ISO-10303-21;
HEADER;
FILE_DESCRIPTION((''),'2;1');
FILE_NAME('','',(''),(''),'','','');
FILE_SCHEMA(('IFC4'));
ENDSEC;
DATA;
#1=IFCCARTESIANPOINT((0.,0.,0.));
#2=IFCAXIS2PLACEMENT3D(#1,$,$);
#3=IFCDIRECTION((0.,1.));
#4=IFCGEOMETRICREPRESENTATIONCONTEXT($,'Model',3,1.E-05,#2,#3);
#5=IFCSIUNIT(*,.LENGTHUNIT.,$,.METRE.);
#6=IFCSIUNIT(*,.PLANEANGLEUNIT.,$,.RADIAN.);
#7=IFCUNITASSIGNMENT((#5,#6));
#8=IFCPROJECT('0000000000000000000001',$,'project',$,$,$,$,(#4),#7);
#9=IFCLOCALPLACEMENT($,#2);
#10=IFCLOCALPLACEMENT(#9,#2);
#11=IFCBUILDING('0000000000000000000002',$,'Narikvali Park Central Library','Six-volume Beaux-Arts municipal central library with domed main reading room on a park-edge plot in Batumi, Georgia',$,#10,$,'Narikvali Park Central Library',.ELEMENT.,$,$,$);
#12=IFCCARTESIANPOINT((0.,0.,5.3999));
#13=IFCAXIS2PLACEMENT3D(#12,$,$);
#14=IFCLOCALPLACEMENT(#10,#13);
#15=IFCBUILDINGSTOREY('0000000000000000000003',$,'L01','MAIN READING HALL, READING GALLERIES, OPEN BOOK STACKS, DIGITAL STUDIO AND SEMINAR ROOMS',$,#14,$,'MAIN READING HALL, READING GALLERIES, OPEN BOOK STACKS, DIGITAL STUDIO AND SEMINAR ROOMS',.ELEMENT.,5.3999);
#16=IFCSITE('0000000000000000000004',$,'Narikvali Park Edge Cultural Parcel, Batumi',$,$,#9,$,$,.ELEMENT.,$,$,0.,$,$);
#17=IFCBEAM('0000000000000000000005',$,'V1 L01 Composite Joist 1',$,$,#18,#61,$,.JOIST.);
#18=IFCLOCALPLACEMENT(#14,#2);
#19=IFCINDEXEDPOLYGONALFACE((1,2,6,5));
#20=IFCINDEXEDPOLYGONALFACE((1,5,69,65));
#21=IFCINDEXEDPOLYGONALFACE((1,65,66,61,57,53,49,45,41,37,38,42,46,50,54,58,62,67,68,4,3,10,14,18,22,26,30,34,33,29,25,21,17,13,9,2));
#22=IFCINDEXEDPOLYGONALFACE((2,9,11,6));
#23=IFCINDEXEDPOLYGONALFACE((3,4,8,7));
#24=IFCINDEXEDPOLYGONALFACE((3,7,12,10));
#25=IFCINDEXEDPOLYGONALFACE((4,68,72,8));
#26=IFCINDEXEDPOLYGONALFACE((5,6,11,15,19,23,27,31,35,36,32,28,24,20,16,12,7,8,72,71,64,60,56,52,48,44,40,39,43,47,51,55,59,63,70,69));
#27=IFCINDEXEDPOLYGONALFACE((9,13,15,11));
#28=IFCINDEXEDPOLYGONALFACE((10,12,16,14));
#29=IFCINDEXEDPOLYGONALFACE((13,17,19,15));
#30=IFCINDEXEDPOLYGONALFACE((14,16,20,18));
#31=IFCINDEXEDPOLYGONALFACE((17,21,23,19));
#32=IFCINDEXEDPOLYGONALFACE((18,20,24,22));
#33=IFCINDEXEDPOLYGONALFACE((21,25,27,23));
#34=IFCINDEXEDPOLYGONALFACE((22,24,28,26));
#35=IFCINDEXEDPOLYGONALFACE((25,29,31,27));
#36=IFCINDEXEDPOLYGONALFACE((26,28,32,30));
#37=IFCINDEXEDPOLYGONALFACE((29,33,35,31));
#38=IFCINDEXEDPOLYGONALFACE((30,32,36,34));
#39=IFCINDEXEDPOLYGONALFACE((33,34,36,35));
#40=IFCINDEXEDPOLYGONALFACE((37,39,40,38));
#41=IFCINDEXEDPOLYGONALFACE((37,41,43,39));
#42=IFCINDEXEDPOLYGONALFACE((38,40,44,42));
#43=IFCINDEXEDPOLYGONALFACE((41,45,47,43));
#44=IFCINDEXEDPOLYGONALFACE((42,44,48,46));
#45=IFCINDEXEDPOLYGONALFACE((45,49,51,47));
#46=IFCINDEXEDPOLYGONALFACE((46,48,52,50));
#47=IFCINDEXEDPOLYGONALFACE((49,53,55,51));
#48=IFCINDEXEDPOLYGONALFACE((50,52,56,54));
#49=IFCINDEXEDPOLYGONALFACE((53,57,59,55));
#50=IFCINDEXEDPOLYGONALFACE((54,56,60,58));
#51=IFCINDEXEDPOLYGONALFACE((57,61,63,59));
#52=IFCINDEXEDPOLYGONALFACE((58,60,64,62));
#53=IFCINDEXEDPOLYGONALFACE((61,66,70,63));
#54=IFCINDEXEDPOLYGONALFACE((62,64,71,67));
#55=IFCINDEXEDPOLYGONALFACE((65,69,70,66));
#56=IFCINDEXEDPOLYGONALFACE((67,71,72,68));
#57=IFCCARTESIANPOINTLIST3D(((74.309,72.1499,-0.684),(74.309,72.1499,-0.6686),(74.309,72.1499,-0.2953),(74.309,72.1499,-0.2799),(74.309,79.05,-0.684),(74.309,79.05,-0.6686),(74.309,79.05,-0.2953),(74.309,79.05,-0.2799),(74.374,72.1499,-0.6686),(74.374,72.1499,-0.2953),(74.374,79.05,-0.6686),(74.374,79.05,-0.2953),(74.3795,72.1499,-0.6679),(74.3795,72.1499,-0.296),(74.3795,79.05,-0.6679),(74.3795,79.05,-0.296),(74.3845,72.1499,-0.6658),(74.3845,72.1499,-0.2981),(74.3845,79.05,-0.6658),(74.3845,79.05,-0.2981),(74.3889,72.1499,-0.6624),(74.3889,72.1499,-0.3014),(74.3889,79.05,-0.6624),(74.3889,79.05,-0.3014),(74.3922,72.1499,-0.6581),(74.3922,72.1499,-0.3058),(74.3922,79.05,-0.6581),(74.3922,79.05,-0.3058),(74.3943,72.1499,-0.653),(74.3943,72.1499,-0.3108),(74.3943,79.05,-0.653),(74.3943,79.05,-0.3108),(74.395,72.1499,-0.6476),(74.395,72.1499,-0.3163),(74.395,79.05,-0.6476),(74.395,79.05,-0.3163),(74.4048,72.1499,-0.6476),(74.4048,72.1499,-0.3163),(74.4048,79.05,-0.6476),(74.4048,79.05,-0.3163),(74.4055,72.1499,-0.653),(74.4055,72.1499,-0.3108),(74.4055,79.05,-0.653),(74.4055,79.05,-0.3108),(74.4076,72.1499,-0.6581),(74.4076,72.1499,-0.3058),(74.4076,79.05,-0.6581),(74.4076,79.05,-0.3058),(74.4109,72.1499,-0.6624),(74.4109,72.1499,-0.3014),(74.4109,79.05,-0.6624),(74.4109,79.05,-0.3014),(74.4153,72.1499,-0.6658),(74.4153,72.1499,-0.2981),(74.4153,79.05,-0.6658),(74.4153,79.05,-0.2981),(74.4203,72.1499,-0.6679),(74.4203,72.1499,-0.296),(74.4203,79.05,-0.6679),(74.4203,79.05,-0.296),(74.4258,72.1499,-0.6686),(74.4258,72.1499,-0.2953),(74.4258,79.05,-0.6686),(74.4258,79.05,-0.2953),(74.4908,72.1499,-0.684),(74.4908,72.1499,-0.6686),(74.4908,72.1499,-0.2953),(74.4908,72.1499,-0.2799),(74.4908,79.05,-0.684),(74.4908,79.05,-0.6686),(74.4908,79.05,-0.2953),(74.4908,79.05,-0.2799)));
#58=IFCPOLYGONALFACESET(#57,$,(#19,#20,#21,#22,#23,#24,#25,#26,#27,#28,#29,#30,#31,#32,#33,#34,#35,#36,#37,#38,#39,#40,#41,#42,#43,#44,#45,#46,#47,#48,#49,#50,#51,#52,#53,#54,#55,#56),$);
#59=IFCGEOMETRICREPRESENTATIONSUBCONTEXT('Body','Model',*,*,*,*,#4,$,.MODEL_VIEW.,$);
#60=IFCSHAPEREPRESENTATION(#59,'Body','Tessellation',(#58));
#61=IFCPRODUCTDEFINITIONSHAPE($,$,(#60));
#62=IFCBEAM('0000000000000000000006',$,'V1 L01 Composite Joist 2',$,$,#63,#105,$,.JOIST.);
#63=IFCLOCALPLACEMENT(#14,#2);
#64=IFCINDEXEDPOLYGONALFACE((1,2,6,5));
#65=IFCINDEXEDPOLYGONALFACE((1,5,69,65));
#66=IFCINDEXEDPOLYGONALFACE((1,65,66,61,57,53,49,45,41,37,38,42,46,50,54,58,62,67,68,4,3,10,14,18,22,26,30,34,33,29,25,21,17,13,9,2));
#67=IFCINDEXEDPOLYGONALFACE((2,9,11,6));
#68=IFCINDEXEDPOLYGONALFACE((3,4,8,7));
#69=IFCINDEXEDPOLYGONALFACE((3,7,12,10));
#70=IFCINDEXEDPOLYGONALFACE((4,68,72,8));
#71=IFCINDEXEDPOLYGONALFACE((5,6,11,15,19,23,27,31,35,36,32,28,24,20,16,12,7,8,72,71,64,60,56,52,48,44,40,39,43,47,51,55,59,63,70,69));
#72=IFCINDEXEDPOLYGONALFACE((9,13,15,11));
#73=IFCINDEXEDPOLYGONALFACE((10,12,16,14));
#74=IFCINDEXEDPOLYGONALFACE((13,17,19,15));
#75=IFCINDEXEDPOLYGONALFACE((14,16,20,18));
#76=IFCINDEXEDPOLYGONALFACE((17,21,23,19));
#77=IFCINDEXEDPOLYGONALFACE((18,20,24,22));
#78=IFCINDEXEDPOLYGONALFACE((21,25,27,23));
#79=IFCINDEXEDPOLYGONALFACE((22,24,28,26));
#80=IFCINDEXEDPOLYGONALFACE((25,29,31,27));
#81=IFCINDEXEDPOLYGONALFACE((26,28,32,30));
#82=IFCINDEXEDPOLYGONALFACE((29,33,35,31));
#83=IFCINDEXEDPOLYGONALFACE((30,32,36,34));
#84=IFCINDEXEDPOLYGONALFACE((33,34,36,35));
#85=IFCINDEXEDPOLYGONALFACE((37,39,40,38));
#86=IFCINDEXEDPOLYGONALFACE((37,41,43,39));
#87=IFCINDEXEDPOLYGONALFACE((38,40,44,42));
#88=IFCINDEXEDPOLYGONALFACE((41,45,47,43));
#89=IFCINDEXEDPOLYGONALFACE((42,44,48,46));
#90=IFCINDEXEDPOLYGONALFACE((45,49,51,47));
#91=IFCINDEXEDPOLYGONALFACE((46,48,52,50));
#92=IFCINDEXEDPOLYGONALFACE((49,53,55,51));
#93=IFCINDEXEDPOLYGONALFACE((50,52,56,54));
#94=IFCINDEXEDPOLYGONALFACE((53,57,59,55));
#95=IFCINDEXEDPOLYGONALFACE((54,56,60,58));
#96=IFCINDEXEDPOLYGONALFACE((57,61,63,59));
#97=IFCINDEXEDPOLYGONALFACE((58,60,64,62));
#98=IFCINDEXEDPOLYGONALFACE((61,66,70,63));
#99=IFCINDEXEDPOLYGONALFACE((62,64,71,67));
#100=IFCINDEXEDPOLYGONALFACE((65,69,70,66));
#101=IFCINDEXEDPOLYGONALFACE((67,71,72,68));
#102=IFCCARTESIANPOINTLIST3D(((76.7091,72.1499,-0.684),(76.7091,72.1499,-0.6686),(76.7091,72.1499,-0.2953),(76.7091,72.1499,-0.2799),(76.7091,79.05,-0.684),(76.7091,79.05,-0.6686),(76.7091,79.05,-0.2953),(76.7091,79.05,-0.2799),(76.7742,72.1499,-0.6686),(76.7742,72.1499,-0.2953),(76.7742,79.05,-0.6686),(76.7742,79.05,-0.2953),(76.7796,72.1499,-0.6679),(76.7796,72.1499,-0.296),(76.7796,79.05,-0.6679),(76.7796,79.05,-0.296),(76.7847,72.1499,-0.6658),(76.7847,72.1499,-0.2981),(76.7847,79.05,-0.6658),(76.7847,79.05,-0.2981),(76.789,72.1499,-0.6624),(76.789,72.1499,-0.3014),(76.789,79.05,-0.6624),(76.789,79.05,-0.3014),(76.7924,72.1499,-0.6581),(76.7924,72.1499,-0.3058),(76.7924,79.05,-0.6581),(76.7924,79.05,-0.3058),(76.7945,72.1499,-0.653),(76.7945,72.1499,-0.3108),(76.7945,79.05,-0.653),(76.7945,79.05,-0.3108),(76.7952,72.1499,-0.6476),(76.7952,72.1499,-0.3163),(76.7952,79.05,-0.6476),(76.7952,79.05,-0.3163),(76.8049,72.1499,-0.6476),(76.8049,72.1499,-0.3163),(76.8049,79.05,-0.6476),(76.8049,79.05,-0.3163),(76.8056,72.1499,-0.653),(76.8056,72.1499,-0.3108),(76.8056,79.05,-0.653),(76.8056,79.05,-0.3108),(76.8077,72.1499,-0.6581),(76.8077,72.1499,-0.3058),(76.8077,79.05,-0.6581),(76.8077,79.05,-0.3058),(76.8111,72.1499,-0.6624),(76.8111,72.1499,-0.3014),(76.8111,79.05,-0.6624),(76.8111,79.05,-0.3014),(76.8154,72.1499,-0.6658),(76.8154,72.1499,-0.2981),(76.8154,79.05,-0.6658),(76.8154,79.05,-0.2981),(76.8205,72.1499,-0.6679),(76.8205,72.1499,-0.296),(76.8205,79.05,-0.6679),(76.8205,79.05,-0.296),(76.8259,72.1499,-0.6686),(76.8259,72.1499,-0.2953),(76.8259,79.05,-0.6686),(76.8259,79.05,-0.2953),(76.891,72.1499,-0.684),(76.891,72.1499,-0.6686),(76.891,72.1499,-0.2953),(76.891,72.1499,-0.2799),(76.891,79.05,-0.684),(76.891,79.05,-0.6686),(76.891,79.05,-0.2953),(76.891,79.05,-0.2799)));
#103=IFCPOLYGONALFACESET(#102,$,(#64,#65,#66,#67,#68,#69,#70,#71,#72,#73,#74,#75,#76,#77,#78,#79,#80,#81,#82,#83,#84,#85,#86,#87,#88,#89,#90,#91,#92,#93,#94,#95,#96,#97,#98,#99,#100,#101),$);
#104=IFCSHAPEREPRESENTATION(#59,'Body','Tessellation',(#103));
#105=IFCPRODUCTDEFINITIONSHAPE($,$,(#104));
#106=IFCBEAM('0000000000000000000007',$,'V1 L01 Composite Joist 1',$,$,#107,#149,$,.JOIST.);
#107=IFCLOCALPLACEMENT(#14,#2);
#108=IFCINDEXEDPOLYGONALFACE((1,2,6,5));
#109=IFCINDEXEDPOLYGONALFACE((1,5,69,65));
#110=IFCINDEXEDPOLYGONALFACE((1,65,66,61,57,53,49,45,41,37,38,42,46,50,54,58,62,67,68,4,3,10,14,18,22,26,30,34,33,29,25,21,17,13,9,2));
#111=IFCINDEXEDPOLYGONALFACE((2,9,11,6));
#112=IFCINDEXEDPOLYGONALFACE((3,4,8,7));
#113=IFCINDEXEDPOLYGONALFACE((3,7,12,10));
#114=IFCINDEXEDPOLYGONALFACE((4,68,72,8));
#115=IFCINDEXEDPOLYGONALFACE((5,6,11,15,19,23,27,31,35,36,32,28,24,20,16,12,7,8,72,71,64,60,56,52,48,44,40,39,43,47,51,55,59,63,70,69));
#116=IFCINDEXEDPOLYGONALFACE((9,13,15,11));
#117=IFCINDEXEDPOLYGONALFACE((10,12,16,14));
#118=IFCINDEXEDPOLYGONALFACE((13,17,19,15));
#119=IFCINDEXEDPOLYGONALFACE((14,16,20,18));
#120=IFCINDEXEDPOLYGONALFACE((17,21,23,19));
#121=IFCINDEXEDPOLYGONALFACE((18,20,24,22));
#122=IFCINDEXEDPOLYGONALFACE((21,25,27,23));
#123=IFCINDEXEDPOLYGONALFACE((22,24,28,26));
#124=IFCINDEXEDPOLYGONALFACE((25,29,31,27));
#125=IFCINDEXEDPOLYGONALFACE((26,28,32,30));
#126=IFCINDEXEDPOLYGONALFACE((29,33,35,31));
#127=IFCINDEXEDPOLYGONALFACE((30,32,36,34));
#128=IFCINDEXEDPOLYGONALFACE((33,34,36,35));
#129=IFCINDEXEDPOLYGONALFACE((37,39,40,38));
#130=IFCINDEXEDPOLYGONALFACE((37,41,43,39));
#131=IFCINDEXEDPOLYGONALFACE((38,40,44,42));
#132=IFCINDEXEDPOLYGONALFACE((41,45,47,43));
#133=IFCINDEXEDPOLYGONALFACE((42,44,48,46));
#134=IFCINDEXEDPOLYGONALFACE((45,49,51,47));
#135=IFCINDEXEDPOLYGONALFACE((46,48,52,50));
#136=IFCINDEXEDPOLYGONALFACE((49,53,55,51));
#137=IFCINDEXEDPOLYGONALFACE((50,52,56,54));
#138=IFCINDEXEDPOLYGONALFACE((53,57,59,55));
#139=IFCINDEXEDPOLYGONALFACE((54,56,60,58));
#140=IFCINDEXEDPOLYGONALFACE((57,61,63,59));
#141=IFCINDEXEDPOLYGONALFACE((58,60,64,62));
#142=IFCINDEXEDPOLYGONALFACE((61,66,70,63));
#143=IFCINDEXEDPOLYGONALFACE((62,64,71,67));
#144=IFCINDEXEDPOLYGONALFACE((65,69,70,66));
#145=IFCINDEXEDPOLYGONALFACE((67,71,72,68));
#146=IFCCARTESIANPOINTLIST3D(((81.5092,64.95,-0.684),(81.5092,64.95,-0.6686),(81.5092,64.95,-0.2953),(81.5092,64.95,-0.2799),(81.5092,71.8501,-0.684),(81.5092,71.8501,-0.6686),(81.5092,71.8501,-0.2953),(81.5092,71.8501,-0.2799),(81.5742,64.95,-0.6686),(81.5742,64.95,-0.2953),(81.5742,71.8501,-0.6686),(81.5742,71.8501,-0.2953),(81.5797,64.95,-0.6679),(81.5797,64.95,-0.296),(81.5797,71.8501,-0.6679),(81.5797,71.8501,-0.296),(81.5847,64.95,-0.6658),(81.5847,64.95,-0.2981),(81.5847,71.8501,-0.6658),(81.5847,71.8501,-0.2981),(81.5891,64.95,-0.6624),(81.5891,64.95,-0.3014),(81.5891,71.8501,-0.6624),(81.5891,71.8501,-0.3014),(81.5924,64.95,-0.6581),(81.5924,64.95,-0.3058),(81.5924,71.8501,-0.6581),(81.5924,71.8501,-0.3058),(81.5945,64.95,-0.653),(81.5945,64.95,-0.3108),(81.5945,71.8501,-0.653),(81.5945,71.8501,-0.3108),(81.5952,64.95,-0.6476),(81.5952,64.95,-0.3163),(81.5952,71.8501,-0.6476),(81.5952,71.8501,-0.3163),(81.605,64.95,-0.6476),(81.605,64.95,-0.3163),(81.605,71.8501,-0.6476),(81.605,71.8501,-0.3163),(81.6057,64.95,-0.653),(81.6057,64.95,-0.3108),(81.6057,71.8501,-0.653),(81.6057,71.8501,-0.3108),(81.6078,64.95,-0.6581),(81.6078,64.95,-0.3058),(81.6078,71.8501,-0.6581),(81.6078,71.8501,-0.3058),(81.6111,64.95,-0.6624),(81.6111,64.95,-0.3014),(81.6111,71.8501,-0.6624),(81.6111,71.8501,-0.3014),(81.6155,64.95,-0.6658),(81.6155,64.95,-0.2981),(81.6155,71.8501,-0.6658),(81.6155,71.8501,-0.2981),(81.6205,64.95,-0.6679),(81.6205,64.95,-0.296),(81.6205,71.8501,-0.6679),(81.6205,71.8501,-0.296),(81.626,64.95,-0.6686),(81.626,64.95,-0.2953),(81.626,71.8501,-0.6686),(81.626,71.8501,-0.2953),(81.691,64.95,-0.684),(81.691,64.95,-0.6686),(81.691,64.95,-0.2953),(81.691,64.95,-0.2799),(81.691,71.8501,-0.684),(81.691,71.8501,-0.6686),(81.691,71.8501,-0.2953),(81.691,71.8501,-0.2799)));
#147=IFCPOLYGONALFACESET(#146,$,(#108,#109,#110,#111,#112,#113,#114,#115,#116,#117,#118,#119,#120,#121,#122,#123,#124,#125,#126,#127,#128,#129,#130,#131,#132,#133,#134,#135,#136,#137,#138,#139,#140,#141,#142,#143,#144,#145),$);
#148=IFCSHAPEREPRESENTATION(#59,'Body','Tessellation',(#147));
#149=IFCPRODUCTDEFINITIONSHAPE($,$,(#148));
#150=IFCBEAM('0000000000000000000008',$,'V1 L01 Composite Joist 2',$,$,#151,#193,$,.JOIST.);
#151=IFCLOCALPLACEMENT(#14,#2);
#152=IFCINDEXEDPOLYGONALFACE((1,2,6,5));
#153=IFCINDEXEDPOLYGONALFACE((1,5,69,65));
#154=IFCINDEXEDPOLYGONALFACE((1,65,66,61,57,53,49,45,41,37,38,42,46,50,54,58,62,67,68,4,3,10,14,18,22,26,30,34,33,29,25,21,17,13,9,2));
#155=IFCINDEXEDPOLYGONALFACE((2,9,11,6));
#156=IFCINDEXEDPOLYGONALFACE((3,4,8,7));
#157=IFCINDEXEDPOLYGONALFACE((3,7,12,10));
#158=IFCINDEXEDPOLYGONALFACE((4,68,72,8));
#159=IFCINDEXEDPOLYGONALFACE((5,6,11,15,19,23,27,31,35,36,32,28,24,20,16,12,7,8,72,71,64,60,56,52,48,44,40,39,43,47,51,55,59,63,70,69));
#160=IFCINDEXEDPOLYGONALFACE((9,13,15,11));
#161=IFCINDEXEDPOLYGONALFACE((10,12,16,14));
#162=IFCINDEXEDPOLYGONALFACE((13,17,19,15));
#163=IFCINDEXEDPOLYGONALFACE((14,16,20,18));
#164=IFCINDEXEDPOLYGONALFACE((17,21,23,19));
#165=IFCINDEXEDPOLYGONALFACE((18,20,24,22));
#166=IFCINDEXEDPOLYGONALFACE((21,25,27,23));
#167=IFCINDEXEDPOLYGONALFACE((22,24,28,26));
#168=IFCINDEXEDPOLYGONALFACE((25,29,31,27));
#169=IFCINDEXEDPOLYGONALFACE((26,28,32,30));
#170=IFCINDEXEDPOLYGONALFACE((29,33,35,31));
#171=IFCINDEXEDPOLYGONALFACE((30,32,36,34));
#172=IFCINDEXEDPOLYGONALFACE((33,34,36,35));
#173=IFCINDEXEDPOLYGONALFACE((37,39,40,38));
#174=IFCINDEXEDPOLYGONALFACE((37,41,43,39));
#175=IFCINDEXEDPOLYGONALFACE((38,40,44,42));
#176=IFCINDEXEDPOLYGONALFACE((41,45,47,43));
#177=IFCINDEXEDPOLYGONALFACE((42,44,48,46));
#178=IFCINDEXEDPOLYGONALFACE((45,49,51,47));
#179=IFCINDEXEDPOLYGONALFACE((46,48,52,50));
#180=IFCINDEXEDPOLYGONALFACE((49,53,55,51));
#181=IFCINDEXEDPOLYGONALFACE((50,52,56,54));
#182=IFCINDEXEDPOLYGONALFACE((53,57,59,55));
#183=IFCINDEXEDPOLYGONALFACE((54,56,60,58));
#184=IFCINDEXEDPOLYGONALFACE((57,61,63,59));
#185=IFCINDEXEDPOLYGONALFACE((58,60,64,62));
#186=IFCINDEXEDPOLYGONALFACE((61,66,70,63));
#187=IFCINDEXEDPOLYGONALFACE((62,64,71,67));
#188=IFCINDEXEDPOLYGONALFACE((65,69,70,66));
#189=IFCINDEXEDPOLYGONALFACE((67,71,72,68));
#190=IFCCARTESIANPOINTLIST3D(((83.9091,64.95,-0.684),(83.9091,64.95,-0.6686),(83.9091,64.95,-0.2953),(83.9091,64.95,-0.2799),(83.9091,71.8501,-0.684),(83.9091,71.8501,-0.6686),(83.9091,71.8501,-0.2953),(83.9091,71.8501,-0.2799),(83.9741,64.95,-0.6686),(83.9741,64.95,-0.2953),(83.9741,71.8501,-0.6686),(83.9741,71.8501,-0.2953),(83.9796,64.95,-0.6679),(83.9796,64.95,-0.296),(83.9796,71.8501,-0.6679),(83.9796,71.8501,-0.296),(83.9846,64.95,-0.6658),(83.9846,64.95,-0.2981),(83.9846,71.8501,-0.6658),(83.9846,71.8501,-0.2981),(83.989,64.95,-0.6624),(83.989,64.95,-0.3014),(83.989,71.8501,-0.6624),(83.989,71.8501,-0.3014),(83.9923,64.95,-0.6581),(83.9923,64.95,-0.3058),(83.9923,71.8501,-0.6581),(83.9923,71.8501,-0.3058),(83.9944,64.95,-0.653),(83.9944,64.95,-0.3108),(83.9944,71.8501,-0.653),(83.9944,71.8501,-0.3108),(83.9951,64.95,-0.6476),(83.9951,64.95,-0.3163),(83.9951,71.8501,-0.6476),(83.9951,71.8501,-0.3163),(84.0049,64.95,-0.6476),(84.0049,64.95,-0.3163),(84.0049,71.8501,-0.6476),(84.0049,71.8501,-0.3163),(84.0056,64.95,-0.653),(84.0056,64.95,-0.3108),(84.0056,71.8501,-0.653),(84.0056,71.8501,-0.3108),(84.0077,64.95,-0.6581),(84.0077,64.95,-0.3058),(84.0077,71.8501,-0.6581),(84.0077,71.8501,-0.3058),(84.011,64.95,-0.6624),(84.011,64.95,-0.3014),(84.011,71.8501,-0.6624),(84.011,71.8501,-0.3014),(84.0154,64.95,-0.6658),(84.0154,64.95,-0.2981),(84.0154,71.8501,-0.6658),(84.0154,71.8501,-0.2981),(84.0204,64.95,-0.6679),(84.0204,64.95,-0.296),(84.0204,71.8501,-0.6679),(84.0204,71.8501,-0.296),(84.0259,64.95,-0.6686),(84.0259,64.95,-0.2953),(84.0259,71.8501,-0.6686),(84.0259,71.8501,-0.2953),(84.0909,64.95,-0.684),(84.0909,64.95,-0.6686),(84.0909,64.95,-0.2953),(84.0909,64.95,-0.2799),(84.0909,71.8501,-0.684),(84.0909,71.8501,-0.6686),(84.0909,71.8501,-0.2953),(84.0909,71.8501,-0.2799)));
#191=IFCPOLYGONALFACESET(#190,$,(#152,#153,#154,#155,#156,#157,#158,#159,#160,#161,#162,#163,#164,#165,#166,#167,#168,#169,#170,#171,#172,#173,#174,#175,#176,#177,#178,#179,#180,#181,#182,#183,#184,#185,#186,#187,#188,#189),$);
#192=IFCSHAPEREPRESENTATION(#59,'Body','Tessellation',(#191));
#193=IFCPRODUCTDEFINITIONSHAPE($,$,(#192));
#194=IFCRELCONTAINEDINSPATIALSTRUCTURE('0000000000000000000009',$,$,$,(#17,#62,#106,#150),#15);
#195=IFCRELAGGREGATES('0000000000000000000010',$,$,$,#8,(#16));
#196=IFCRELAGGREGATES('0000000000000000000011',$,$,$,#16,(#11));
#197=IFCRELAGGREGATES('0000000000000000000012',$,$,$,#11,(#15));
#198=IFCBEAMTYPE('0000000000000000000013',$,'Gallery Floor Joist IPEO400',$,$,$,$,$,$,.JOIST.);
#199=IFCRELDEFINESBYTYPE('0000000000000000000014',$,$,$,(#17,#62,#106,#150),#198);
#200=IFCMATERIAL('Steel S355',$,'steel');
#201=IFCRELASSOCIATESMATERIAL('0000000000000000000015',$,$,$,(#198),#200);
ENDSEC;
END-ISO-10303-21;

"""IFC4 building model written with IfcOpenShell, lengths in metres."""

from ifc_helpers import new_model, si_unit, direction, frame, origin, origin_2d, place, context, subcontext, project, spatial, i_section, extrude, material, material_profile, profile_set, type_object, element, save


model = new_model("IFC4")

# Units and contexts
model_context = context("Model", 3, precision=1e-05, world=origin(), true_north=direction((0.0, 1.0)))
body_context = subcontext(model_context, "Body", "Model", "MODEL_VIEW")
ifc_project = project(units=[si_unit("LENGTHUNIT", "METRE"), si_unit("PLANEANGLEUNIT", "RADIAN")], contexts=[model_context])

# Site, building, storey
site_placement = place(None, origin())
site = spatial("IfcSite", under=ifc_project, at=site_placement, Name="Narikvali Park Edge Cultural Parcel, Batumi", CompositionType="ELEMENT", RefElevation=0.0)
building_placement = place(site_placement, origin())
building = spatial("IfcBuilding", under=site, at=building_placement, Name="Narikvali Park Central Library", Description="Six-volume Beaux-Arts municipal central library with domed main reading room on a park-edge plot in Batumi, Georgia", LongName="Narikvali Park Central Library", CompositionType="ELEMENT")
storey_placement = place(building_placement, frame((0.0, 0.0, 5.3999)))
storey = spatial("IfcBuildingStorey", under=building, at=storey_placement, Name="L01", Description="MAIN READING HALL, READING GALLERIES, OPEN BOOK STACKS, DIGITAL STUDIO AND SEMINAR ROOMS", LongName="MAIN READING HALL, READING GALLERIES, OPEN BOOK STACKS, DIGITAL STUDIO AND SEMINAR ROOMS", CompositionType="ELEMENT", Elevation=5.3999)

# Shared definitions
ifc_material_1 = material(Name="Steel S355", Category="steel")

# Beams
ifc_material_profile_1 = material_profile(ifc_material_1, i_section(OverallWidth=0.1819, OverallDepth=0.4041, WebThickness=0.0098, FlangeThickness=0.0154, FilletRadius=0.021, at=origin_2d()), Name="IPEO 400")
ifc_profile_set_1 = profile_set([ifc_material_profile_1], Name="Steel S355")
beam_type_1 = type_object("IfcBeamType", Name="Gallery Floor Joist IPEO400", PredefinedType="JOIST", material=ifc_profile_set_1)
for number, where, z_axis, x_axis, name in (
    (1, (74.3999, 72.1499, -0.4819), (0.0, 1.0, 0.0), (-1.0, 0.0, 0.0), "V1 L01 Composite Joist 1"),
    (2, (76.8, 72.1499, -0.4819), (0.0, 1.0, 0.0), (-1.0, 0.0, 0.0), "V1 L01 Composite Joist 2"),
    (3, (81.6001, 64.95, -0.4819), (0.0, 1.0, 0.0), (-1.0, 0.0, 0.0), "V1 L01 Composite Joist 1"),
    (4, (84.0, 64.95, -0.4819), (0.0, 1.0, 0.0), (-1.0, 0.0, 0.0), "V1 L01 Composite Joist 2"),
):
    element("IfcBeam", number, at=place(storey_placement, frame(where, z_axis=z_axis, x_axis=x_axis)), inside=storey, type_object=beam_type_1, Name=name, PredefinedType="JOIST", context=body_context, shape_type="SweptSolid", body=[
        extrude(i_section(OverallWidth=0.1819, OverallDepth=0.4041, WebThickness=0.0098, FlangeThickness=0.0154, FilletRadius=0.021, at=origin_2d()), origin(), (0.0, 0.0, 1.0), 6.9001),
    ])

save(model, "model.ifc")
